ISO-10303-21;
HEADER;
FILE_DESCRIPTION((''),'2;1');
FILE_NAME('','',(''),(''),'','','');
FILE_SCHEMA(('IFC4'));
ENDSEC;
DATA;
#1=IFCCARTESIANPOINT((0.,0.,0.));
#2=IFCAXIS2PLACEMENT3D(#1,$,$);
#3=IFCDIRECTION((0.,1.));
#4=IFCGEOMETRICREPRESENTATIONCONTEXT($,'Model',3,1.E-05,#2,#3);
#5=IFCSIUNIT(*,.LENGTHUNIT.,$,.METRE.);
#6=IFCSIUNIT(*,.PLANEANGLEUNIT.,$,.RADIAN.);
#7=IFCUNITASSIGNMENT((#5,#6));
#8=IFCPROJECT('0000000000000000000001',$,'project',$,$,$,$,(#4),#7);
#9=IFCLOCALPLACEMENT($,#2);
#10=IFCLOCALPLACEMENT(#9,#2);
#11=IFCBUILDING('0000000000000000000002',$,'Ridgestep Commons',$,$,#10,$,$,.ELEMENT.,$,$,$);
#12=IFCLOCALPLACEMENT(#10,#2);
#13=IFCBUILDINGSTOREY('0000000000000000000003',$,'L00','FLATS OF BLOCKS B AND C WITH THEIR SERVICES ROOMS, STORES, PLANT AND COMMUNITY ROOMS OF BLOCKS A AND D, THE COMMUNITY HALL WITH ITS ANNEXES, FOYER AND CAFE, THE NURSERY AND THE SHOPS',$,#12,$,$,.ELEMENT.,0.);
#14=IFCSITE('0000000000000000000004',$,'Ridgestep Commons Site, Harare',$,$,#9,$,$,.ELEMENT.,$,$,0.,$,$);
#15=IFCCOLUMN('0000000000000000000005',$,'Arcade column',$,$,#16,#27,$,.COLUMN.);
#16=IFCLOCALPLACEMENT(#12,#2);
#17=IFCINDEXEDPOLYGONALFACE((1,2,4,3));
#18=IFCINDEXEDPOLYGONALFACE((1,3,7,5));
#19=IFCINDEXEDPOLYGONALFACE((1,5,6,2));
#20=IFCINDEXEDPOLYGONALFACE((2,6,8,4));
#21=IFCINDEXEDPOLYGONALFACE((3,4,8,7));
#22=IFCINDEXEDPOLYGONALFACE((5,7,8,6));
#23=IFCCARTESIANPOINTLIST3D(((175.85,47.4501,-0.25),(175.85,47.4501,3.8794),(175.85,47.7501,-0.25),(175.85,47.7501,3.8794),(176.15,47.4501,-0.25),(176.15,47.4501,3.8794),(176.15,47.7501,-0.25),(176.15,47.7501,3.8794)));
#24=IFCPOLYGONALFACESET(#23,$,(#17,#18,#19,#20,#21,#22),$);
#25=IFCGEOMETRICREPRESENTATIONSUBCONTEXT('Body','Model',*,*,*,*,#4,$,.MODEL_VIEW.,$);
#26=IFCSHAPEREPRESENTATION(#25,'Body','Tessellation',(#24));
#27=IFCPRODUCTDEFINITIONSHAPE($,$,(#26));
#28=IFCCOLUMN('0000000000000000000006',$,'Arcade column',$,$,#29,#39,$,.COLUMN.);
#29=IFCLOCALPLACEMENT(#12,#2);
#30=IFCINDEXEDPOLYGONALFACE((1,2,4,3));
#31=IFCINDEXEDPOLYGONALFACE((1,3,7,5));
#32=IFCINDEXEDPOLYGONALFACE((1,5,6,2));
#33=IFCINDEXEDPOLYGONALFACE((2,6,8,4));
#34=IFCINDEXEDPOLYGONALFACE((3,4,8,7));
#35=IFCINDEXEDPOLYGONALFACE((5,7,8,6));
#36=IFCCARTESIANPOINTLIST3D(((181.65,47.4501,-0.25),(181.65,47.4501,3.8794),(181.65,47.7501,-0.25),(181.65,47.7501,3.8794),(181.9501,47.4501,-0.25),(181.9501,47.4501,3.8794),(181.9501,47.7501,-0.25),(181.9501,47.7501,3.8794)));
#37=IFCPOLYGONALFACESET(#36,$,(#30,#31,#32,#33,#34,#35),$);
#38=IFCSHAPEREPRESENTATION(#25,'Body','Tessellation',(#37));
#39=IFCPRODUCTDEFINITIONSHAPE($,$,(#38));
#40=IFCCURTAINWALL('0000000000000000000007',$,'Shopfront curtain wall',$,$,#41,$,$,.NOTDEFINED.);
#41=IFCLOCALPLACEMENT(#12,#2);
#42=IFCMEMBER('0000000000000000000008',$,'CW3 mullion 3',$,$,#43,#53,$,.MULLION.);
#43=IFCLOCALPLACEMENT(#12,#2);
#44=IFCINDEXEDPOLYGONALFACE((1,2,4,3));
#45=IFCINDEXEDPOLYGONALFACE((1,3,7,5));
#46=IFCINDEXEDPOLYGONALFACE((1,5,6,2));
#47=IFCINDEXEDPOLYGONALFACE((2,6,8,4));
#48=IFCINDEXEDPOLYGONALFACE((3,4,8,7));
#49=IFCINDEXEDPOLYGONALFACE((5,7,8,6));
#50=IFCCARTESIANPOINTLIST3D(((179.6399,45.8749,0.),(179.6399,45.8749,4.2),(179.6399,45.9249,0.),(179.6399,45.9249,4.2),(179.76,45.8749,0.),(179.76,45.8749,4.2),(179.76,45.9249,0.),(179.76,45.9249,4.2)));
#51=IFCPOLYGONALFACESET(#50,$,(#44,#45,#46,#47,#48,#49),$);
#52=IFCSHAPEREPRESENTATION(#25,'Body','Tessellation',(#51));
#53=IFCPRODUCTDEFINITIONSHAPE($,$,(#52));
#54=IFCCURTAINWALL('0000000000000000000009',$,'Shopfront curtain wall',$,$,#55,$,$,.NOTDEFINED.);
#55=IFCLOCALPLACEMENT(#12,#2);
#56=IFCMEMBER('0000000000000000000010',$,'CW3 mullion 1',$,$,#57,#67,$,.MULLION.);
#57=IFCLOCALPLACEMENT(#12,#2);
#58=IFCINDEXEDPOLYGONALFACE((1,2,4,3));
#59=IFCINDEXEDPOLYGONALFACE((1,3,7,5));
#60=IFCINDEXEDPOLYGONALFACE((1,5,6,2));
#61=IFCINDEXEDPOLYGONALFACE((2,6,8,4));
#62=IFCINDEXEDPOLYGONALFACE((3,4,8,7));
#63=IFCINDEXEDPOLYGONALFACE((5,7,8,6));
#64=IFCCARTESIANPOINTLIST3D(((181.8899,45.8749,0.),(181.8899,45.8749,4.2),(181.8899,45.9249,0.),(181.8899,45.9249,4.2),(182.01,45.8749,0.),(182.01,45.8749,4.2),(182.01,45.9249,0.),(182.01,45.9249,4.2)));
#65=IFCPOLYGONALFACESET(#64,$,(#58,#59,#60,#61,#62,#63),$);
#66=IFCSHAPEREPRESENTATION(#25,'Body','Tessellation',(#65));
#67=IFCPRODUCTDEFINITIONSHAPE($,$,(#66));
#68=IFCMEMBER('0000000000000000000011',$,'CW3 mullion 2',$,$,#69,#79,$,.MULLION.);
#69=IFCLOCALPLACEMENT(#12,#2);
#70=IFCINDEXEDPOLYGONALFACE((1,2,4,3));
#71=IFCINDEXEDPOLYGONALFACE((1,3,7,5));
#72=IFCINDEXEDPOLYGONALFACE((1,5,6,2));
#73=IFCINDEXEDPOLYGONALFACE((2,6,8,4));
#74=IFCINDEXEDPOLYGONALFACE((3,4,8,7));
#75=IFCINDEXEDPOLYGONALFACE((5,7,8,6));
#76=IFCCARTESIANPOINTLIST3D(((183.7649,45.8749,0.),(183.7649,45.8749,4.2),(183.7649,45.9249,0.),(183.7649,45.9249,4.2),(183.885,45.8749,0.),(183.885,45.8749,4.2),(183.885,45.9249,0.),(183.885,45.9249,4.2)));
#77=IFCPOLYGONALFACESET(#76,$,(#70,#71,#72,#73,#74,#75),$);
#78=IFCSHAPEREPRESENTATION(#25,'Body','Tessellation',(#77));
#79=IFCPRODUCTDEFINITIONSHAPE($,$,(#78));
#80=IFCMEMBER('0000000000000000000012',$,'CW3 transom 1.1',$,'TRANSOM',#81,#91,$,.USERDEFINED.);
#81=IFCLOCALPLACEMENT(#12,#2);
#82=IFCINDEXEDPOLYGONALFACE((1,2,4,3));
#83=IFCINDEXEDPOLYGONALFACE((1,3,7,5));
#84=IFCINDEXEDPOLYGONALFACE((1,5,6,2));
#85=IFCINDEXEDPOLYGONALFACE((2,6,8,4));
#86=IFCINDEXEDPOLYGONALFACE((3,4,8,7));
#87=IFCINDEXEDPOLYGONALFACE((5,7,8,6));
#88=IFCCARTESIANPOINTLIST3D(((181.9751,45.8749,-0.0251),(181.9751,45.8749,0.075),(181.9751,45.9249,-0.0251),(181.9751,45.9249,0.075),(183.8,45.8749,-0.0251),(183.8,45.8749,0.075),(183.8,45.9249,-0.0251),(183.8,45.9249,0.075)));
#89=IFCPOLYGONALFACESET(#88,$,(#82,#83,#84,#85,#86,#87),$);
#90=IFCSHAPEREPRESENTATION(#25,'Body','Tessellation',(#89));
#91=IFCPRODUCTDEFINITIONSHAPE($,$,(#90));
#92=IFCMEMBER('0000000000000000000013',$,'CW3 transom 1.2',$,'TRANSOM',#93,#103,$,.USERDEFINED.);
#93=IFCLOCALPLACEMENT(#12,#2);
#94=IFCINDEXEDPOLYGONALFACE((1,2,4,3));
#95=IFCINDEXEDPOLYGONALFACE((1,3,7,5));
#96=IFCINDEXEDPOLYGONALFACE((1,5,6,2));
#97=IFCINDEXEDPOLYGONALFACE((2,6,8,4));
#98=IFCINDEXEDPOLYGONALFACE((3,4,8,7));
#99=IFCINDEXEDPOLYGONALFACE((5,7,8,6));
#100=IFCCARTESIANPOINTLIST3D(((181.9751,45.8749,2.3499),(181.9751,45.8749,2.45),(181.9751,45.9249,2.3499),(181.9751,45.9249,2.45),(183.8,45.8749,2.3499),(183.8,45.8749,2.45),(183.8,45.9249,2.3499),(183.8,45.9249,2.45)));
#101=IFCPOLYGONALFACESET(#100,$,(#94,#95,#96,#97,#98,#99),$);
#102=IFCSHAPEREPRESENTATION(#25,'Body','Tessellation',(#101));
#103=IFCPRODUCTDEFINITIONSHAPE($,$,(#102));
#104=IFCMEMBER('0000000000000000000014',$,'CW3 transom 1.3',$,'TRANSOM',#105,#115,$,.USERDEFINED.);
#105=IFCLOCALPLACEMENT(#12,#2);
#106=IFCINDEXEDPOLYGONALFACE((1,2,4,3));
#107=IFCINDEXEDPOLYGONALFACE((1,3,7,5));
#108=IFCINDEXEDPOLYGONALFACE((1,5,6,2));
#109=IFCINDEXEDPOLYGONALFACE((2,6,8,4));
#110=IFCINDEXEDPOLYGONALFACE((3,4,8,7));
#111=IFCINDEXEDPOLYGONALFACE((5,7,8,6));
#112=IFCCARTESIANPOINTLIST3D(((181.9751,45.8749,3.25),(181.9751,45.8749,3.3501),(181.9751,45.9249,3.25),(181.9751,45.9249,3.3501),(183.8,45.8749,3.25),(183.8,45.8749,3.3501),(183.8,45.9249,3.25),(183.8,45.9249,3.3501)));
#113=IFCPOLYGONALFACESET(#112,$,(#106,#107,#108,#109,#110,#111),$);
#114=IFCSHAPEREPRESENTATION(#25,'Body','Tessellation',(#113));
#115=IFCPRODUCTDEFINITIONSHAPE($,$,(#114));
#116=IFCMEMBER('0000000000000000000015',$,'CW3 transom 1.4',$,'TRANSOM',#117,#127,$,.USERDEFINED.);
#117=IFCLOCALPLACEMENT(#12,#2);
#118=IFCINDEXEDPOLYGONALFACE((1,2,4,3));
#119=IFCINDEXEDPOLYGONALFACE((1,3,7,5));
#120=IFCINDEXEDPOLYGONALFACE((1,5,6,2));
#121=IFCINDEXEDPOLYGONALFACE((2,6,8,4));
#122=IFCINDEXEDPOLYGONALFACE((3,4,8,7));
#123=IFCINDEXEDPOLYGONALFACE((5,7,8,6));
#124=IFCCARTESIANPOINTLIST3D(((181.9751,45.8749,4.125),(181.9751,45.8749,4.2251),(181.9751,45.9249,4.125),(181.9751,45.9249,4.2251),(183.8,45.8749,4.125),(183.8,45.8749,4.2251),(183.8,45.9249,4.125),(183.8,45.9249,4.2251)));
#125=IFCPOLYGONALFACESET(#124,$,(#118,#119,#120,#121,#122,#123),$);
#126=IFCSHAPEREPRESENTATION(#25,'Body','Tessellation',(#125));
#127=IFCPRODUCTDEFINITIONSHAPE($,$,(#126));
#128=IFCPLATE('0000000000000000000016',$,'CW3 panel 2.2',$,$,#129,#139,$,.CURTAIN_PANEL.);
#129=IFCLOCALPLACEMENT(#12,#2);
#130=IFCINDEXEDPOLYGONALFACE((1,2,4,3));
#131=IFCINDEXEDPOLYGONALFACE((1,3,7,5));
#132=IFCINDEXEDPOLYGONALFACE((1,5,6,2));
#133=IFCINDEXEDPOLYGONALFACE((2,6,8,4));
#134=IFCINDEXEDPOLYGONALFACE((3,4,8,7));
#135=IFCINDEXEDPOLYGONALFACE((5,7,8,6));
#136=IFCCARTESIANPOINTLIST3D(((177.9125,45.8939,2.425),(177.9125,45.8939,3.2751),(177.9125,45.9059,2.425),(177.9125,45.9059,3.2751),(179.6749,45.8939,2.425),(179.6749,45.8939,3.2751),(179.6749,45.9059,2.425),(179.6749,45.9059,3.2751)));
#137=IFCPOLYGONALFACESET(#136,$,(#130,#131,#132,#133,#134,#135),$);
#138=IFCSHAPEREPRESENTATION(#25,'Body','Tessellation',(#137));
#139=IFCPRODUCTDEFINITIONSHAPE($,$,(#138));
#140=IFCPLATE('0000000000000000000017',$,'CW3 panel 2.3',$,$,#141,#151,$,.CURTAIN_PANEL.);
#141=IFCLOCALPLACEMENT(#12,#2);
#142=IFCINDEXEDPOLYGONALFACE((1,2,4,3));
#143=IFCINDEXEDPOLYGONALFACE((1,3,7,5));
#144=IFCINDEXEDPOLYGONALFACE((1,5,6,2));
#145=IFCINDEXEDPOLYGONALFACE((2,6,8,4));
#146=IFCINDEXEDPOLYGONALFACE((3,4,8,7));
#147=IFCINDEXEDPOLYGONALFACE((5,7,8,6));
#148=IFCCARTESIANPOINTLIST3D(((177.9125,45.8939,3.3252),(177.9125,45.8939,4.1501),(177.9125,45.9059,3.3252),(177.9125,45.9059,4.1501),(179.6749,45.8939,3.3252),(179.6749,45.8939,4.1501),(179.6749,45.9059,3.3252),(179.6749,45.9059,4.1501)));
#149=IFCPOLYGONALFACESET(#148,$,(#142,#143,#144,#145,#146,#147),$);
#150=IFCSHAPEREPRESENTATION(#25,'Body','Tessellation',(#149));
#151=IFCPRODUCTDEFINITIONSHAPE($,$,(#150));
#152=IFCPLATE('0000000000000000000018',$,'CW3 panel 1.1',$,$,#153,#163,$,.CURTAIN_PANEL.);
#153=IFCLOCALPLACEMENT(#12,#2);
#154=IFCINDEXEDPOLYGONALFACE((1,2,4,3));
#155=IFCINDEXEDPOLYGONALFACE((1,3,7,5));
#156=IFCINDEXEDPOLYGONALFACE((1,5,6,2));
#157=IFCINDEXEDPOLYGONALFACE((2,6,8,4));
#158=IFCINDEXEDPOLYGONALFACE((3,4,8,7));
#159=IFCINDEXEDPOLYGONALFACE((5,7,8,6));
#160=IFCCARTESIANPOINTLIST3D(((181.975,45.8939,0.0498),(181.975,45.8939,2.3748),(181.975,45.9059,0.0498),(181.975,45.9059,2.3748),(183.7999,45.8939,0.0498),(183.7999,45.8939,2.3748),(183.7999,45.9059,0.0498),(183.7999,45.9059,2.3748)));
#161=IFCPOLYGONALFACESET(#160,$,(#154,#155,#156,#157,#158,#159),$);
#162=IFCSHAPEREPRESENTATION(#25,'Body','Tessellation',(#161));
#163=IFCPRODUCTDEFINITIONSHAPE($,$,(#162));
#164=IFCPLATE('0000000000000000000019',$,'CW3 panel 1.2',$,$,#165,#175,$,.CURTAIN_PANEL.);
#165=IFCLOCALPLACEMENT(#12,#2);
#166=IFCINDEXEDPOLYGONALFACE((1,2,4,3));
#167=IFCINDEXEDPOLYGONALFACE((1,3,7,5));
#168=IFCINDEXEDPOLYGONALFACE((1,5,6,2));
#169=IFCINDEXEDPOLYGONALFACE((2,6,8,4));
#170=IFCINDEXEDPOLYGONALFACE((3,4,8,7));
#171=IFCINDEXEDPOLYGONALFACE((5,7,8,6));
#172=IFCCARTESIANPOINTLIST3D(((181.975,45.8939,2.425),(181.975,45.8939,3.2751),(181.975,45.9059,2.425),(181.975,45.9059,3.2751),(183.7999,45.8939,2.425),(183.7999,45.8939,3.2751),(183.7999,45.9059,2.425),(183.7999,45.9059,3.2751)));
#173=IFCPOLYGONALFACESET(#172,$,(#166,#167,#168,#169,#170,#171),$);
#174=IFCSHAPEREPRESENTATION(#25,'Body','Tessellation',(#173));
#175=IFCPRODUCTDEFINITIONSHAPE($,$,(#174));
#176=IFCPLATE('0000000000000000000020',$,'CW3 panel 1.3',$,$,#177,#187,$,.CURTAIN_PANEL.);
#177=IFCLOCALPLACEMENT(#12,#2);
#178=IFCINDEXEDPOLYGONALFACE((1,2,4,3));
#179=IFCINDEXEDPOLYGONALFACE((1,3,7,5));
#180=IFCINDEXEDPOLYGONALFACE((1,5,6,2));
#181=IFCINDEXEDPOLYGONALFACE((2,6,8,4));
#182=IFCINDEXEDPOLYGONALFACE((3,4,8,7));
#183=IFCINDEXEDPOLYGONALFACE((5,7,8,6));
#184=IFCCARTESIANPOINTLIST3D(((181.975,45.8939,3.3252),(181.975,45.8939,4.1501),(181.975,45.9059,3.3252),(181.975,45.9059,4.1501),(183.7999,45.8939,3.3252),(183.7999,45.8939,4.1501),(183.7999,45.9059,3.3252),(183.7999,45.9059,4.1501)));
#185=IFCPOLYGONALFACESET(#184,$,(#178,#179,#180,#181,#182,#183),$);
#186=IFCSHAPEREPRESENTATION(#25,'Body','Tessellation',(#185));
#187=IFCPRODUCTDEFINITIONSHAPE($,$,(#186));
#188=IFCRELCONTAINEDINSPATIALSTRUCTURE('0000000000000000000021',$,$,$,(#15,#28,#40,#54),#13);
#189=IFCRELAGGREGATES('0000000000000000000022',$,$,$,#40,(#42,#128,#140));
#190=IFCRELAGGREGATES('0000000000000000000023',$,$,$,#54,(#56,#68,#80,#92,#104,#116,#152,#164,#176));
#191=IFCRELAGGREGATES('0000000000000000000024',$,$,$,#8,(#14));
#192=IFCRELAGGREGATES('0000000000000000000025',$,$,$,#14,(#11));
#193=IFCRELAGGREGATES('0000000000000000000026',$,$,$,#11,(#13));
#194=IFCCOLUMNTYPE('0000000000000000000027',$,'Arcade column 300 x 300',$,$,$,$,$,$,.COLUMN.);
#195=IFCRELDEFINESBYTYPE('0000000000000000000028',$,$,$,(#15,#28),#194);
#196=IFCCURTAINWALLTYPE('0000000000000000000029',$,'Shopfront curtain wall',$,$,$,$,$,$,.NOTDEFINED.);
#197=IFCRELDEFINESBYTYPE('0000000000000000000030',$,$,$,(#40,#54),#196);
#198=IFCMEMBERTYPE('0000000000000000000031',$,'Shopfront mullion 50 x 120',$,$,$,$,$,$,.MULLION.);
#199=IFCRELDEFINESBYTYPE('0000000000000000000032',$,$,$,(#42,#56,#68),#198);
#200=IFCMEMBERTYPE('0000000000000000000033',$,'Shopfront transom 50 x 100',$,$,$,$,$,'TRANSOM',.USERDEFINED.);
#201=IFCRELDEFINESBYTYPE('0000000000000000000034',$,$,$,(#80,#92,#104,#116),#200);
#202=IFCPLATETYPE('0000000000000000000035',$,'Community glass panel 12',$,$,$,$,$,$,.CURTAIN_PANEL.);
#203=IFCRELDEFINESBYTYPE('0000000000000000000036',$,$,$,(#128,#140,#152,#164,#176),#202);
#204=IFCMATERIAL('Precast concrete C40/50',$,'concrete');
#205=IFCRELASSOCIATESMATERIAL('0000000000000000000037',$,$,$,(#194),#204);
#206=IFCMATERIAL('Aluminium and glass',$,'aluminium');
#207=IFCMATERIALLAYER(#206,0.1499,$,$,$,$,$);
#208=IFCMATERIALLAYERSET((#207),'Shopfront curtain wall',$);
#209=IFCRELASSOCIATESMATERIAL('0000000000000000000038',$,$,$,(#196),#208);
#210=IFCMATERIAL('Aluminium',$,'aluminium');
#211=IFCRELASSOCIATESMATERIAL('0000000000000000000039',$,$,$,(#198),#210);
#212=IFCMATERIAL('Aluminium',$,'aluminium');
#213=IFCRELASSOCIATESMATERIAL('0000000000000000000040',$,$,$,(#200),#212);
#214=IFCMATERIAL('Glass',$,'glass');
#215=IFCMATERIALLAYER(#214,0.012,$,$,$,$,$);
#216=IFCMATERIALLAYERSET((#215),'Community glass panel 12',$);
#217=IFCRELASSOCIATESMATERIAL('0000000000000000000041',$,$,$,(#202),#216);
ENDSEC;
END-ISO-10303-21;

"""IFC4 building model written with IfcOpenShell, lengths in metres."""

from ifc_helpers import new_model, si_unit, direction, frame, origin, origin_2d, place, context, subcontext, project, spatial, rectangle, extrude, material, layer, layer_set, material_profile, profile_set, type_object, element, aggregate, save


model = new_model("IFC4")

# Units and contexts
model_context = context("Model", 3, precision=1e-05, world=origin(), true_north=direction((0.0, 1.0)))
body_context = subcontext(model_context, "Body", "Model", "MODEL_VIEW")
ifc_project = project(units=[si_unit("LENGTHUNIT", "METRE"), si_unit("PLANEANGLEUNIT", "RADIAN")], contexts=[model_context])

# Site, building, storey
site_placement = place(None, origin())
site = spatial("IfcSite", under=ifc_project, at=site_placement, Name="Ridgestep Commons Site, Harare", CompositionType="ELEMENT", RefElevation=0.0)
building_placement = place(site_placement, origin())
building = spatial("IfcBuilding", under=site, at=building_placement, Name="Ridgestep Commons", CompositionType="ELEMENT")
storey_placement = place(building_placement, origin())
storey = spatial("IfcBuildingStorey", under=building, at=storey_placement, Name="L00", Description="FLATS OF BLOCKS B AND C WITH THEIR SERVICES ROOMS, STORES, PLANT AND COMMUNITY ROOMS OF BLOCKS A AND D, THE COMMUNITY HALL WITH ITS ANNEXES, FOYER AND CAFE, THE NURSERY AND THE SHOPS", CompositionType="ELEMENT", Elevation=0.0)

# Columns
ifc_material_1 = material(Name="Precast concrete C40/50", Category="concrete")
ifc_material_profile_1 = material_profile(ifc_material_1, rectangle(XDim=0.3, YDim=0.3, at=origin_2d()), Name="Arcade column 300 x 300")
ifc_profile_set_1 = profile_set([ifc_material_profile_1], Name="Precast concrete C40/50")
column_type = type_object("IfcColumnType", Name="Arcade column 300 x 300", PredefinedType="COLUMN", material=ifc_profile_set_1)
for number, where, z_axis, x_axis, name in (
    (1, (176.0, 47.6001, -0.25), (0.0, 0.0, 1.0), (1.0, 0.0, 0.0), "Arcade column"),
    (2, (181.8, 47.6001, -0.25), (0.0, 0.0, 1.0), (1.0, 0.0, 0.0), "Arcade column"),
):
    element("IfcColumn", number, at=place(storey_placement, frame(where, z_axis=z_axis, x_axis=x_axis)), inside=storey, type_object=column_type, Name=name, PredefinedType="COLUMN", context=body_context, shape_type="SweptSolid", body=[
        extrude(rectangle(XDim=0.3, YDim=0.3, at=origin_2d()), origin(), (0.0, 0.0, 1.0), 4.1294),
    ])

# Curtain wall, member
ifc_material_2 = material(Name="Aluminium and glass", Category="aluminium")
ifc_layer_1 = layer(ifc_material_2, 0.1499)
ifc_layer_set_1 = layer_set([ifc_layer_1], Name="Shopfront curtain wall")
curtain_wall_type = type_object("IfcCurtainWallType", Name="Shopfront curtain wall", PredefinedType="NOTDEFINED", material=ifc_layer_set_1)
curtain_wall_1_placement = place(storey_placement, origin())
curtain_wall_1 = element("IfcCurtainWall", 3, at=curtain_wall_1_placement, inside=storey, type_object=curtain_wall_type, Name="Shopfront curtain wall", PredefinedType="NOTDEFINED")
ifc_material_3 = material(Name="Aluminium", Category="aluminium")
ifc_material_profile_2 = material_profile(ifc_material_3, rectangle(XDim=0.05, YDim=0.1201, at=origin_2d()), Name="Shopfront mullion 50 x 120")
ifc_profile_set_2 = profile_set([ifc_material_profile_2], Name="Aluminium")
member_type_1 = type_object("IfcMemberType", Name="Shopfront mullion 50 x 120", PredefinedType="MULLION", material=ifc_profile_set_2)
member_1_placement = place(storey_placement, frame((179.7, 45.8999, 0.0), z_axis=(0.0, 0.0, 1.0), x_axis=(0.0, 1.0, 0.0)))
member_1 = element("IfcMember", 4, at=member_1_placement, type_object=member_type_1, Name="CW3 mullion 3", PredefinedType="MULLION", context=body_context, shape_type="SweptSolid", body=[
    extrude(rectangle(XDim=0.05, YDim=0.1201, at=origin_2d()), origin(), (0.0, 0.0, 1.0), 4.2),
])

# Curtain wall, members
curtain_wall_2_placement = place(storey_placement, origin())
curtain_wall_2 = element("IfcCurtainWall", 5, at=curtain_wall_2_placement, inside=storey, type_object=curtain_wall_type, Name="Shopfront curtain wall", PredefinedType="NOTDEFINED")
member_2_placement = place(storey_placement, frame((181.95, 45.8999, 0.0), z_axis=(0.0, 0.0, 1.0), x_axis=(0.0, 1.0, 0.0)))
member_2 = element("IfcMember", 6, at=member_2_placement, type_object=member_type_1, Name="CW3 mullion 1", PredefinedType="MULLION", context=body_context, shape_type="SweptSolid", body=[
    extrude(rectangle(XDim=0.05, YDim=0.1201, at=origin_2d()), origin(), (0.0, 0.0, 1.0), 4.2),
])
member_3_placement = place(storey_placement, frame((183.825, 45.8999, 0.0), z_axis=(0.0, 0.0, 1.0), x_axis=(0.0, 1.0, 0.0)))
member_3 = element("IfcMember", 7, at=member_3_placement, type_object=member_type_1, Name="CW3 mullion 2", PredefinedType="MULLION", context=body_context, shape_type="SweptSolid", body=[
    extrude(rectangle(XDim=0.05, YDim=0.1201, at=origin_2d()), origin(), (0.0, 0.0, 1.0), 4.2),
])
ifc_material_4 = material(Name="Aluminium", Category="aluminium")
ifc_material_profile_3 = material_profile(ifc_material_4, rectangle(XDim=0.05, YDim=0.1001, at=origin_2d()), Name="Shopfront transom 50 x 100")
ifc_profile_set_3 = profile_set([ifc_material_profile_3], Name="Aluminium")
member_type_2 = type_object("IfcMemberType", Name="Shopfront transom 50 x 100", ElementType="TRANSOM", PredefinedType="USERDEFINED", material=ifc_profile_set_3)
member_4_placement = place(storey_placement, frame((181.9751, 45.8999, 0.0249), z_axis=(1.0, 0.0, 0.0), x_axis=(0.0, 1.0, 0.0)))
member_4 = element("IfcMember", 8, at=member_4_placement, type_object=member_type_2, Name="CW3 transom 1.1", ObjectType="TRANSOM", PredefinedType="USERDEFINED", context=body_context, shape_type="SweptSolid", body=[
    extrude(rectangle(XDim=0.05, YDim=0.1001, at=origin_2d()), origin(), (0.0, 0.0, 1.0), 1.825),
])
member_5_placement = place(storey_placement, frame((181.9751, 45.8999, 2.3999), z_axis=(1.0, 0.0, 0.0), x_axis=(0.0, 1.0, 0.0)))
member_5 = element("IfcMember", 9, at=member_5_placement, type_object=member_type_2, Name="CW3 transom 1.2", ObjectType="TRANSOM", PredefinedType="USERDEFINED", context=body_context, shape_type="SweptSolid", body=[
    extrude(rectangle(XDim=0.05, YDim=0.1001, at=origin_2d()), origin(), (0.0, 0.0, 1.0), 1.825),
])
member_6_placement = place(storey_placement, frame((181.9751, 45.8999, 3.3), z_axis=(1.0, 0.0, 0.0), x_axis=(0.0, 1.0, 0.0)))
member_6 = element("IfcMember", 10, at=member_6_placement, type_object=member_type_2, Name="CW3 transom 1.3", ObjectType="TRANSOM", PredefinedType="USERDEFINED", context=body_context, shape_type="SweptSolid", body=[
    extrude(rectangle(XDim=0.05, YDim=0.1001, at=origin_2d()), origin(), (0.0, 0.0, 1.0), 1.825),
])
member_7_placement = place(storey_placement, frame((181.9751, 45.8999, 4.175), z_axis=(1.0, 0.0, 0.0), x_axis=(0.0, 1.0, 0.0)))
member_7 = element("IfcMember", 11, at=member_7_placement, type_object=member_type_2, Name="CW3 transom 1.4", ObjectType="TRANSOM", PredefinedType="USERDEFINED", context=body_context, shape_type="SweptSolid", body=[
    extrude(rectangle(XDim=0.05, YDim=0.1001, at=origin_2d()), origin(), (0.0, 0.0, 1.0), 1.825),
])

# Plates
ifc_material_5 = material(Name="Glass", Category="glass")
ifc_layer_2 = layer(ifc_material_5, 0.012)
ifc_layer_set_2 = layer_set([ifc_layer_2], Name="Community glass panel 12")
plate_type = type_object("IfcPlateType", Name="Community glass panel 12", PredefinedType="CURTAIN_PANEL", material=ifc_layer_set_2)
plate_1_placement = place(storey_placement, frame((178.7937, 45.8999, 2.425), z_axis=(0.0, 0.0, 1.0), x_axis=(1.0, 0.0, 0.0)))
plate_1 = element("IfcPlate", 12, at=plate_1_placement, type_object=plate_type, Name="CW3 panel 2.2", PredefinedType="CURTAIN_PANEL", context=body_context, shape_type="SweptSolid", body=[
    extrude(rectangle(XDim=1.7625, YDim=0.012, at=origin_2d()), origin(), (0.0, 0.0, 1.0), 0.8501),
])
plate_2_placement = place(storey_placement, frame((178.7937, 45.8999, 3.3252), z_axis=(0.0, 0.0, 1.0), x_axis=(1.0, 0.0, 0.0)))
plate_2 = element("IfcPlate", 13, at=plate_2_placement, type_object=plate_type, Name="CW3 panel 2.3", PredefinedType="CURTAIN_PANEL", context=body_context, shape_type="SweptSolid", body=[
    extrude(rectangle(XDim=1.7625, YDim=0.012, at=origin_2d()), origin(), (0.0, 0.0, 1.0), 0.825),
])
aggregate(curtain_wall_1, [member_1, plate_1, plate_2])
plate_3_placement = place(storey_placement, frame((182.8875, 45.8999, 0.0498), z_axis=(0.0, 0.0, 1.0), x_axis=(1.0, 0.0, 0.0)))
plate_3 = element("IfcPlate", 14, at=plate_3_placement, type_object=plate_type, Name="CW3 panel 1.1", PredefinedType="CURTAIN_PANEL", context=body_context, shape_type="SweptSolid", body=[
    extrude(rectangle(XDim=1.825, YDim=0.012, at=origin_2d()), origin(), (0.0, 0.0, 1.0), 2.325),
])
plate_4_placement = place(storey_placement, frame((182.8875, 45.8999, 2.425), z_axis=(0.0, 0.0, 1.0), x_axis=(1.0, 0.0, 0.0)))
plate_4 = element("IfcPlate", 15, at=plate_4_placement, type_object=plate_type, Name="CW3 panel 1.2", PredefinedType="CURTAIN_PANEL", context=body_context, shape_type="SweptSolid", body=[
    extrude(rectangle(XDim=1.825, YDim=0.012, at=origin_2d()), origin(), (0.0, 0.0, 1.0), 0.8501),
])
plate_5_placement = place(storey_placement, frame((182.8875, 45.8999, 3.3252), z_axis=(0.0, 0.0, 1.0), x_axis=(1.0, 0.0, 0.0)))
plate_5 = element("IfcPlate", 16, at=plate_5_placement, type_object=plate_type, Name="CW3 panel 1.3", PredefinedType="CURTAIN_PANEL", context=body_context, shape_type="SweptSolid", body=[
    extrude(rectangle(XDim=1.825, YDim=0.012, at=origin_2d()), origin(), (0.0, 0.0, 1.0), 0.825),
])
aggregate(curtain_wall_2, [member_2, member_3, member_4, member_5, member_6, member_7, plate_3, plate_4, plate_5])

save(model, "model.ifc")
